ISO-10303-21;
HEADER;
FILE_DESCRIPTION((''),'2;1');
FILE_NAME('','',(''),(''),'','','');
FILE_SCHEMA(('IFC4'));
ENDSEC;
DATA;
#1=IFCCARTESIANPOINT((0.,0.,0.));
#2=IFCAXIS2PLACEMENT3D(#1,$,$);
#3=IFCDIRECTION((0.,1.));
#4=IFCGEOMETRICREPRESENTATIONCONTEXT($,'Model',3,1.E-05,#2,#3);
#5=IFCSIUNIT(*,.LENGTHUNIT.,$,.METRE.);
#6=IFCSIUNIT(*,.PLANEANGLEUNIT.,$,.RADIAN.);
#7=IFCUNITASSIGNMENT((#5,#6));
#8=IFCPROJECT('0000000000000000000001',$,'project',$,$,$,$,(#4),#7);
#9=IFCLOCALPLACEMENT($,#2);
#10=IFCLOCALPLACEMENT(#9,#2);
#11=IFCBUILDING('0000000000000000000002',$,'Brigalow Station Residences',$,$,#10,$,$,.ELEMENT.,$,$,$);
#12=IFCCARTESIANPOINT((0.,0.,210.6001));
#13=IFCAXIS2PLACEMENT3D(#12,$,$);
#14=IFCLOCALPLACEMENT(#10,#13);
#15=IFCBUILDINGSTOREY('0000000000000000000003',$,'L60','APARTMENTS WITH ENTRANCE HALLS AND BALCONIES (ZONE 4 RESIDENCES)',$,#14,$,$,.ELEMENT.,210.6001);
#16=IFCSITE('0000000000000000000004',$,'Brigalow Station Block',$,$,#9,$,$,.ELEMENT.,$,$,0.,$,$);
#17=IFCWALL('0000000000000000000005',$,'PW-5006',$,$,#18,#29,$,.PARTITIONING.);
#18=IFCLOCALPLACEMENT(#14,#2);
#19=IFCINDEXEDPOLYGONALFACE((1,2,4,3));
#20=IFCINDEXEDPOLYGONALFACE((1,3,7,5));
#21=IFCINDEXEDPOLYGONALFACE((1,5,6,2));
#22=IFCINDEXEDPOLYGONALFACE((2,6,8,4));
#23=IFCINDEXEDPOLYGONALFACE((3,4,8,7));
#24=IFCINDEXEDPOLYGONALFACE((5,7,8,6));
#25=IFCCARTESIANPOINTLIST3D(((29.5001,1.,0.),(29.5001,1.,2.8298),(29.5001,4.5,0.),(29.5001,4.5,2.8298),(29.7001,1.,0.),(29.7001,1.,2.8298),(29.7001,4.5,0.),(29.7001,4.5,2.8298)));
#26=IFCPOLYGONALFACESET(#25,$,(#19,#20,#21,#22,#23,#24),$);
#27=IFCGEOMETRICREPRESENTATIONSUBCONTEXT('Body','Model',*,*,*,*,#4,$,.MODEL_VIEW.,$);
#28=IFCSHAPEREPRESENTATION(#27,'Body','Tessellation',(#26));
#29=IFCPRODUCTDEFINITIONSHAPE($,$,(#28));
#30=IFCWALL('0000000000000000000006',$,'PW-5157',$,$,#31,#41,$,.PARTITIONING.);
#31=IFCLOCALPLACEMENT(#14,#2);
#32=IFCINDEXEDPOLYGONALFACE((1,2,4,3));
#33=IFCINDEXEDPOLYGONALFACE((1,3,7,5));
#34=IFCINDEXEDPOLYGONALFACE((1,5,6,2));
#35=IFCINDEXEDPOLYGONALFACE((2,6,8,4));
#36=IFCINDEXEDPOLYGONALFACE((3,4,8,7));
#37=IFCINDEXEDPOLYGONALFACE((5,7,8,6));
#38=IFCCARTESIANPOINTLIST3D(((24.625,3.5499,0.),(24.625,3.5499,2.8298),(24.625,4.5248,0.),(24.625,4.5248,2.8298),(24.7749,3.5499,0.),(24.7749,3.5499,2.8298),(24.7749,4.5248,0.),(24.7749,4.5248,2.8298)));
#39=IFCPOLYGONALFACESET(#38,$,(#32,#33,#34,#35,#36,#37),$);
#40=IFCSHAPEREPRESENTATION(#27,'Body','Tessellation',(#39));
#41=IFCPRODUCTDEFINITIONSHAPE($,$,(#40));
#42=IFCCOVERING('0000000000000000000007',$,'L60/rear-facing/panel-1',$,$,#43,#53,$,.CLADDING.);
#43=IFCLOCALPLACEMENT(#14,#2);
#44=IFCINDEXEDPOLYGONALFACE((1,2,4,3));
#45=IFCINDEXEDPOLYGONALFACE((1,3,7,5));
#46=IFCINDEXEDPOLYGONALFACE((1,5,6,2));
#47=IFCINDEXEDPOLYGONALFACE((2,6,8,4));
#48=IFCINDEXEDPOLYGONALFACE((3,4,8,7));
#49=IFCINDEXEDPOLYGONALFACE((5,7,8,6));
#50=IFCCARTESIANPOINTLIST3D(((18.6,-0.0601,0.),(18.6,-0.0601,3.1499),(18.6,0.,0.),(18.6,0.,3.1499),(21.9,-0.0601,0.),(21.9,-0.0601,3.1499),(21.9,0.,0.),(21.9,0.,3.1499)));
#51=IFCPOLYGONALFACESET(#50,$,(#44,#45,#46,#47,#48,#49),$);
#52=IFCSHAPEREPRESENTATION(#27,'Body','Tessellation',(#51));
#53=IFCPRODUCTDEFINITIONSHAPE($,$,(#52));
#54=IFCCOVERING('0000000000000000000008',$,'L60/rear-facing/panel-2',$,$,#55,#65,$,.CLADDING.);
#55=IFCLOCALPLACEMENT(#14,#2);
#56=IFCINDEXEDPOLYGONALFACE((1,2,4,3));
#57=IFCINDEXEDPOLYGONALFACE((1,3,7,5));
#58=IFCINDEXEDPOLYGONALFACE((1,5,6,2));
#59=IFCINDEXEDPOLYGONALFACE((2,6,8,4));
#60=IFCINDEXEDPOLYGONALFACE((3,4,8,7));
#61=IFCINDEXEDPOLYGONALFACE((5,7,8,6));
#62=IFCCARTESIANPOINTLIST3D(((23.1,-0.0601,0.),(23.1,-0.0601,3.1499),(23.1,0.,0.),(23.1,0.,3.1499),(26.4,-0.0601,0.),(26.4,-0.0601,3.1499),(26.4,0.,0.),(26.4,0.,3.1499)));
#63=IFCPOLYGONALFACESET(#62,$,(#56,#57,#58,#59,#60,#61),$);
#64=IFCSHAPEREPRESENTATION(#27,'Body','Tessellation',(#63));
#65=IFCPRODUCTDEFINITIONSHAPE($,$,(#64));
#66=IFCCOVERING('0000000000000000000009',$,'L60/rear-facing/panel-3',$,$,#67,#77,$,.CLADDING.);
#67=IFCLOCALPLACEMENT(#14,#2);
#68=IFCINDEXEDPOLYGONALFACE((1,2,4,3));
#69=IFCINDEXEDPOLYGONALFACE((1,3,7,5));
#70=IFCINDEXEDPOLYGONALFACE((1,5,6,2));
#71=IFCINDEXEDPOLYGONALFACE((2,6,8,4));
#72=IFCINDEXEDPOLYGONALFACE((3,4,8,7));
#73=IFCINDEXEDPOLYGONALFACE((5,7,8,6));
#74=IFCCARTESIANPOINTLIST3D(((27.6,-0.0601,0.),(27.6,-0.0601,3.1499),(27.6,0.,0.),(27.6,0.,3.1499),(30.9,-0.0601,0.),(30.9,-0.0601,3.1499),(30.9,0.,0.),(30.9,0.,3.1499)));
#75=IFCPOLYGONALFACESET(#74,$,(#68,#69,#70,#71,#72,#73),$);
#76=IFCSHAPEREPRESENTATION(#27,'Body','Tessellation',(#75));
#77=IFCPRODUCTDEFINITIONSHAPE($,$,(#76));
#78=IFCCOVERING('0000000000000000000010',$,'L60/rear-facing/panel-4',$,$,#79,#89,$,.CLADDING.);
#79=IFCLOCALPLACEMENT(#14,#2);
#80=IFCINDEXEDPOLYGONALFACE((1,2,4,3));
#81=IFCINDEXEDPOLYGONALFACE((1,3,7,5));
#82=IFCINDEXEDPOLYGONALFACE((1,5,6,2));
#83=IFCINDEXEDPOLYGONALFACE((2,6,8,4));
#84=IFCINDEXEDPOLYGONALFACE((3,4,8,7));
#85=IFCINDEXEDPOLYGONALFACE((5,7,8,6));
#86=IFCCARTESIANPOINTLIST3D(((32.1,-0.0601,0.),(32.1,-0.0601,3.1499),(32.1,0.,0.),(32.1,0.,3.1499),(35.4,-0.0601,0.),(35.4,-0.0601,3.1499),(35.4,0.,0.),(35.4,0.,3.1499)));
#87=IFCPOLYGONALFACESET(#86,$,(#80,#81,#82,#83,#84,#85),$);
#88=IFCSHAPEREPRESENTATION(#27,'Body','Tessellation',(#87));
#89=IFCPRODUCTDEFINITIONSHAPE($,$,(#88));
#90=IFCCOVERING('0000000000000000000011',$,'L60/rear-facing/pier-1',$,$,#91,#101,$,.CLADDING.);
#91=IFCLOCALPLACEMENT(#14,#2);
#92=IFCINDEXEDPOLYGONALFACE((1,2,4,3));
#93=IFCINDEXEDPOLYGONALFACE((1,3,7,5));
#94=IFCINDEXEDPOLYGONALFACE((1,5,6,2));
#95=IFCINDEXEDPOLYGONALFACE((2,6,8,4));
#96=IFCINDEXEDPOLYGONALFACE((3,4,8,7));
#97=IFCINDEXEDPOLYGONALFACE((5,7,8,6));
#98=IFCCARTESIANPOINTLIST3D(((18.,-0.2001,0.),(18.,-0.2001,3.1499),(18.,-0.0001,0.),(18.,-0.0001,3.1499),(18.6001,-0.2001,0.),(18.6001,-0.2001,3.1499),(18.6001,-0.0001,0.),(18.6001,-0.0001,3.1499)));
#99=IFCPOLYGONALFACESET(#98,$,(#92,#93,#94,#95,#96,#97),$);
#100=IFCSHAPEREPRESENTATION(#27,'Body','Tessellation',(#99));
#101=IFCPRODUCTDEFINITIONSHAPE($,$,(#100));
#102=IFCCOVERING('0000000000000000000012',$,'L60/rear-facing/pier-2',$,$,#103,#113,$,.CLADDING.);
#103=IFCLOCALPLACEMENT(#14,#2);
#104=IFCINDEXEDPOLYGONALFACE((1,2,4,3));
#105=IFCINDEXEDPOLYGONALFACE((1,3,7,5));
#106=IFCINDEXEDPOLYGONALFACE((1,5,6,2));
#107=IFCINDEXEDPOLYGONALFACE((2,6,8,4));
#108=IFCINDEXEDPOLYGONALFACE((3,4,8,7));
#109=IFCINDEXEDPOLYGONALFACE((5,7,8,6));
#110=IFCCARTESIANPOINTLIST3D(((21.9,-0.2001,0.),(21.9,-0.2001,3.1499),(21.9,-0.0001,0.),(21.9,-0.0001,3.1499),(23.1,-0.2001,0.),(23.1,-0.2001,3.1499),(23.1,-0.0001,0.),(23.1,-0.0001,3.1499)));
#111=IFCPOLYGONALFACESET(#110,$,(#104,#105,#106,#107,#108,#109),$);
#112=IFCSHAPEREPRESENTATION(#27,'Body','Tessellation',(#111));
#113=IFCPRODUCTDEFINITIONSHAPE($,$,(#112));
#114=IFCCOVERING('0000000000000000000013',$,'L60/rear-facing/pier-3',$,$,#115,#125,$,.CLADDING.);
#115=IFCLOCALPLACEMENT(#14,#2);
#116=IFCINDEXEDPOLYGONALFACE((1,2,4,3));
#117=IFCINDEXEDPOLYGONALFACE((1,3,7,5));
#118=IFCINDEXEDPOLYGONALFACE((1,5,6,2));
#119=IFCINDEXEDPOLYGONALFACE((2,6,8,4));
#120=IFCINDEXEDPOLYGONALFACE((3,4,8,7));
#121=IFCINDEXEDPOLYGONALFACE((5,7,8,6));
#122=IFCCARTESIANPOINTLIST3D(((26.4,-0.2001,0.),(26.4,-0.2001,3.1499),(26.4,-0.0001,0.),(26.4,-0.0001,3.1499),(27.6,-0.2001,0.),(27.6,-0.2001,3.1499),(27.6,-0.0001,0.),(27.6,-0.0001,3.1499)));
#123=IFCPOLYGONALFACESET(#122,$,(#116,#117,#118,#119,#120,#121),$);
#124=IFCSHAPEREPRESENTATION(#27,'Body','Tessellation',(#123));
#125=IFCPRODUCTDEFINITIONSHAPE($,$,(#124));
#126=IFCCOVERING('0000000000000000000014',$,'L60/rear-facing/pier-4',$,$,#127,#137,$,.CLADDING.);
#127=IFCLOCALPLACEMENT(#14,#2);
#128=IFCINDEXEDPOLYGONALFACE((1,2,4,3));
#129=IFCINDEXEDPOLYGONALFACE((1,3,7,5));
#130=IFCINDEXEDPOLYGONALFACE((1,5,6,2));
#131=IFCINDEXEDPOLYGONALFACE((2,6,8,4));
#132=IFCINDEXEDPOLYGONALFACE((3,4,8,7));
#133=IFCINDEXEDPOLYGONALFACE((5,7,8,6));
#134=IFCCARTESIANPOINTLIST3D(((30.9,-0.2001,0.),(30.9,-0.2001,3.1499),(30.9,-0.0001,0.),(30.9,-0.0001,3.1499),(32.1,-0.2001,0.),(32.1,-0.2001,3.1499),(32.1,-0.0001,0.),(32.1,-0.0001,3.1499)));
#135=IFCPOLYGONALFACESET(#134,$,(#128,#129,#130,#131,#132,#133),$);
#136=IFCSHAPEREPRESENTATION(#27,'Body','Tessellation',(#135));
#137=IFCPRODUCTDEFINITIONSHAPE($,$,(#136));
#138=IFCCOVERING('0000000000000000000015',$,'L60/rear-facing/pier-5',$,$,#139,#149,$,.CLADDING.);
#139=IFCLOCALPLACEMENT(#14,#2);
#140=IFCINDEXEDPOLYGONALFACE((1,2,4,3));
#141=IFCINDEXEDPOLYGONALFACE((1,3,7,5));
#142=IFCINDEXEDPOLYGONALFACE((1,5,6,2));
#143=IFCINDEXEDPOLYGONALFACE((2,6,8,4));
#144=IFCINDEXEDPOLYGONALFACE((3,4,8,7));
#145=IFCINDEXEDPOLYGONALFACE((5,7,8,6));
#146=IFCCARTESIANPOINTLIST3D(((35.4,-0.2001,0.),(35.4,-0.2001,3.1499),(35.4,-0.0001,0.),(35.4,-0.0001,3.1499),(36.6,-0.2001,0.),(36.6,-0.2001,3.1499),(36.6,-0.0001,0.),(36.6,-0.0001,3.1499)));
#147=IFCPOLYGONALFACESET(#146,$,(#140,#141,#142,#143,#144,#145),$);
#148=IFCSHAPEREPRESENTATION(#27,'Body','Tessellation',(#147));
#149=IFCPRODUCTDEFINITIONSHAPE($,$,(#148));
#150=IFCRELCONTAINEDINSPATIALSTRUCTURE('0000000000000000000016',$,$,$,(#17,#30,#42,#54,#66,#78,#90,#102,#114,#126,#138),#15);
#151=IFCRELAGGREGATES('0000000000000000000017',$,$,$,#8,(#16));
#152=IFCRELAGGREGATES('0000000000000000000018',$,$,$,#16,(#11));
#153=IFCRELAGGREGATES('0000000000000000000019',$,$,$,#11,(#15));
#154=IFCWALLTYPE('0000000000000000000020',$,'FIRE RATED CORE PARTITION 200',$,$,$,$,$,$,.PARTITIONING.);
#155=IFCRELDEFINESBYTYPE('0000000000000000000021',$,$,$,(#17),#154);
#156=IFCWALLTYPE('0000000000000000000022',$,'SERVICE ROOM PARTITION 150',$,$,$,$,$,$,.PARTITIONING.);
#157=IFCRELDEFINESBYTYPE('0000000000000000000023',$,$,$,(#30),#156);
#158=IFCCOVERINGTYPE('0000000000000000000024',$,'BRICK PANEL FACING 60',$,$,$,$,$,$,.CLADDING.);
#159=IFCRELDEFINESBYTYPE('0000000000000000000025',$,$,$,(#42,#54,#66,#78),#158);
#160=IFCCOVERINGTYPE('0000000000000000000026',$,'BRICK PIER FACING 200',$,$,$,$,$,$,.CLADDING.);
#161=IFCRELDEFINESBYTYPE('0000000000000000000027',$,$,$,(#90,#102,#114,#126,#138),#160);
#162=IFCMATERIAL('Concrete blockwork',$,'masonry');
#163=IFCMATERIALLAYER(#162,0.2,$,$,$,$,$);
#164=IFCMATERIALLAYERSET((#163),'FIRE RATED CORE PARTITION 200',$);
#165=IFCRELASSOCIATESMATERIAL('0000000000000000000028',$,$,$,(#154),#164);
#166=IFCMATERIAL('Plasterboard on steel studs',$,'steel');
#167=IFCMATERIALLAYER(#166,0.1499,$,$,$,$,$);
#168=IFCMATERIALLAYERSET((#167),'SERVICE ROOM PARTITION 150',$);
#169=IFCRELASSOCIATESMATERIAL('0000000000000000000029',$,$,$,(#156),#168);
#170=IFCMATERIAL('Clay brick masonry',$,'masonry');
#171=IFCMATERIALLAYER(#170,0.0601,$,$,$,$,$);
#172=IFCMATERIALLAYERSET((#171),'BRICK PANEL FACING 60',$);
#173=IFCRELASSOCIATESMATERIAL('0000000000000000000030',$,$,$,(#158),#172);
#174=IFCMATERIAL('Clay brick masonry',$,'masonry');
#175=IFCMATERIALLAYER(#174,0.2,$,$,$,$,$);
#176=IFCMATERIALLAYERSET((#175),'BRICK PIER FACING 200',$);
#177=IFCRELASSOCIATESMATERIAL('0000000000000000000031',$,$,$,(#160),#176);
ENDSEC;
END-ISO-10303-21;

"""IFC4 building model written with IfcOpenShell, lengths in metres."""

from ifc_helpers import new_model, si_unit, direction, frame, frame_2d, origin, origin_2d, place, context, subcontext, project, spatial, rectangle, extrude, material, layer, layer_set, type_object, element, save


model = new_model("IFC4")

# Units and contexts
model_context = context("Model", 3, precision=1e-05, world=origin(), true_north=direction((0.0, 1.0)))
body_context = subcontext(model_context, "Body", "Model", "MODEL_VIEW")
ifc_project = project(units=[si_unit("LENGTHUNIT", "METRE"), si_unit("PLANEANGLEUNIT", "RADIAN")], contexts=[model_context])

# Site, building, storey
site_placement = place(None, origin())
site = spatial("IfcSite", under=ifc_project, at=site_placement, Name="Brigalow Station Block", CompositionType="ELEMENT", RefElevation=0.0)
building_placement = place(site_placement, origin())
building = spatial("IfcBuilding", under=site, at=building_placement, Name="Brigalow Station Residences", CompositionType="ELEMENT")
storey_placement = place(building_placement, frame((0.0, 0.0, 210.6001)))
storey = spatial("IfcBuildingStorey", under=building, at=storey_placement, Name="L60", Description="APARTMENTS WITH ENTRANCE HALLS AND BALCONIES (ZONE 4 RESIDENCES)", CompositionType="ELEMENT", Elevation=210.6001)

# Walls
ifc_material_1 = material(Name="Concrete blockwork", Category="masonry")
ifc_layer_1 = layer(ifc_material_1, 0.2)
ifc_layer_set_1 = layer_set([ifc_layer_1], Name="FIRE RATED CORE PARTITION 200")
wall_type_1 = type_object("IfcWallType", Name="FIRE RATED CORE PARTITION 200", PredefinedType="PARTITIONING", material=ifc_layer_set_1)
wall_1_placement = place(storey_placement, frame((29.6001, 1.0, 0.0), z_axis=(0.0, 0.0, 1.0), x_axis=(0.0, 1.0, 0.0)))
element("IfcWall", 1, at=wall_1_placement, inside=storey, type_object=wall_type_1, Name="PW-5006", PredefinedType="PARTITIONING", context=body_context, shape_type="SweptSolid", body=[
    extrude(rectangle(XDim=3.5, YDim=0.2, at=frame_2d((1.75, 0.0))), origin(), (0.0, 0.0, 1.0), 2.8298),
])
ifc_material_2 = material(Name="Plasterboard on steel studs", Category="steel")
ifc_layer_2 = layer(ifc_material_2, 0.1499)
ifc_layer_set_2 = layer_set([ifc_layer_2], Name="SERVICE ROOM PARTITION 150")
wall_type_2 = type_object("IfcWallType", Name="SERVICE ROOM PARTITION 150", PredefinedType="PARTITIONING", material=ifc_layer_set_2)
wall_2_placement = place(storey_placement, frame((24.7, 3.55, 0.0), z_axis=(0.0, 0.0, 1.0), x_axis=(0.0, 1.0, 0.0)))
element("IfcWall", 2, at=wall_2_placement, inside=storey, type_object=wall_type_2, Name="PW-5157", PredefinedType="PARTITIONING", context=body_context, shape_type="SweptSolid", body=[
    extrude(rectangle(XDim=0.9749, YDim=0.1499, at=frame_2d((0.4873, 0.0))), origin(), (0.0, 0.0, 1.0), 2.8298),
])

# Coverings
ifc_material_3 = material(Name="Clay brick masonry", Category="masonry")
ifc_layer_3 = layer(ifc_material_3, 0.0601)
ifc_layer_set_3 = layer_set([ifc_layer_3], Name="BRICK PANEL FACING 60")
covering_type_1 = type_object("IfcCoveringType", Name="BRICK PANEL FACING 60", PredefinedType="CLADDING", material=ifc_layer_set_3)
for number, where, z_axis, x_axis, name in (
    (3, (20.25, -0.03, 0.0), (0.0, 0.0, 1.0), (1.0, 0.0, 0.0), "L60/rear-facing/panel-1"),
    (4, (24.75, -0.03, 0.0), (0.0, 0.0, 1.0), (1.0, 0.0, 0.0), "L60/rear-facing/panel-2"),
    (5, (29.25, -0.03, 0.0), (0.0, 0.0, 1.0), (1.0, 0.0, 0.0), "L60/rear-facing/panel-3"),
    (6, (33.75, -0.03, 0.0), (0.0, 0.0, 1.0), (1.0, 0.0, 0.0), "L60/rear-facing/panel-4"),
):
    element("IfcCovering", number, at=place(storey_placement, frame(where, z_axis=z_axis, x_axis=x_axis)), inside=storey, type_object=covering_type_1, Name=name, PredefinedType="CLADDING", context=body_context, shape_type="SweptSolid", body=[
        extrude(rectangle(XDim=3.3, YDim=0.0601, at=origin_2d()), origin(), (0.0, 0.0, 1.0), 3.1499),
    ])
ifc_material_4 = material(Name="Clay brick masonry", Category="masonry")
ifc_layer_4 = layer(ifc_material_4, 0.2)
ifc_layer_set_4 = layer_set([ifc_layer_4], Name="BRICK PIER FACING 200")
covering_type_2 = type_object("IfcCoveringType", Name="BRICK PIER FACING 200", PredefinedType="CLADDING", material=ifc_layer_set_4)
covering_placement = place(storey_placement, frame((18.3, -0.1001, 0.0), z_axis=(0.0, 0.0, 1.0), x_axis=(1.0, 0.0, 0.0)))
element("IfcCovering", 7, at=covering_placement, inside=storey, type_object=covering_type_2, Name="L60/rear-facing/pier-1", PredefinedType="CLADDING", context=body_context, shape_type="SweptSolid", body=[
    extrude(rectangle(XDim=0.6001, YDim=0.2, at=origin_2d()), origin(), (0.0, 0.0, 1.0), 3.1499),
])
for number, where, z_axis, x_axis, name in (
    (8, (22.5, -0.1001, 0.0), (0.0, 0.0, 1.0), (1.0, 0.0, 0.0), "L60/rear-facing/pier-2"),
    (9, (27.0, -0.1001, 0.0), (0.0, 0.0, 1.0), (1.0, 0.0, 0.0), "L60/rear-facing/pier-3"),
    (10, (31.5, -0.1001, 0.0), (0.0, 0.0, 1.0), (1.0, 0.0, 0.0), "L60/rear-facing/pier-4"),
    (11, (36.0, -0.1001, 0.0), (0.0, 0.0, 1.0), (1.0, 0.0, 0.0), "L60/rear-facing/pier-5"),
):
    element("IfcCovering", number, at=place(storey_placement, frame(where, z_axis=z_axis, x_axis=x_axis)), inside=storey, type_object=covering_type_2, Name=name, PredefinedType="CLADDING", context=body_context, shape_type="SweptSolid", body=[
        extrude(rectangle(XDim=1.2, YDim=0.2, at=origin_2d()), origin(), (0.0, 0.0, 1.0), 3.1499),
    ])

save(model, "model.ifc")
